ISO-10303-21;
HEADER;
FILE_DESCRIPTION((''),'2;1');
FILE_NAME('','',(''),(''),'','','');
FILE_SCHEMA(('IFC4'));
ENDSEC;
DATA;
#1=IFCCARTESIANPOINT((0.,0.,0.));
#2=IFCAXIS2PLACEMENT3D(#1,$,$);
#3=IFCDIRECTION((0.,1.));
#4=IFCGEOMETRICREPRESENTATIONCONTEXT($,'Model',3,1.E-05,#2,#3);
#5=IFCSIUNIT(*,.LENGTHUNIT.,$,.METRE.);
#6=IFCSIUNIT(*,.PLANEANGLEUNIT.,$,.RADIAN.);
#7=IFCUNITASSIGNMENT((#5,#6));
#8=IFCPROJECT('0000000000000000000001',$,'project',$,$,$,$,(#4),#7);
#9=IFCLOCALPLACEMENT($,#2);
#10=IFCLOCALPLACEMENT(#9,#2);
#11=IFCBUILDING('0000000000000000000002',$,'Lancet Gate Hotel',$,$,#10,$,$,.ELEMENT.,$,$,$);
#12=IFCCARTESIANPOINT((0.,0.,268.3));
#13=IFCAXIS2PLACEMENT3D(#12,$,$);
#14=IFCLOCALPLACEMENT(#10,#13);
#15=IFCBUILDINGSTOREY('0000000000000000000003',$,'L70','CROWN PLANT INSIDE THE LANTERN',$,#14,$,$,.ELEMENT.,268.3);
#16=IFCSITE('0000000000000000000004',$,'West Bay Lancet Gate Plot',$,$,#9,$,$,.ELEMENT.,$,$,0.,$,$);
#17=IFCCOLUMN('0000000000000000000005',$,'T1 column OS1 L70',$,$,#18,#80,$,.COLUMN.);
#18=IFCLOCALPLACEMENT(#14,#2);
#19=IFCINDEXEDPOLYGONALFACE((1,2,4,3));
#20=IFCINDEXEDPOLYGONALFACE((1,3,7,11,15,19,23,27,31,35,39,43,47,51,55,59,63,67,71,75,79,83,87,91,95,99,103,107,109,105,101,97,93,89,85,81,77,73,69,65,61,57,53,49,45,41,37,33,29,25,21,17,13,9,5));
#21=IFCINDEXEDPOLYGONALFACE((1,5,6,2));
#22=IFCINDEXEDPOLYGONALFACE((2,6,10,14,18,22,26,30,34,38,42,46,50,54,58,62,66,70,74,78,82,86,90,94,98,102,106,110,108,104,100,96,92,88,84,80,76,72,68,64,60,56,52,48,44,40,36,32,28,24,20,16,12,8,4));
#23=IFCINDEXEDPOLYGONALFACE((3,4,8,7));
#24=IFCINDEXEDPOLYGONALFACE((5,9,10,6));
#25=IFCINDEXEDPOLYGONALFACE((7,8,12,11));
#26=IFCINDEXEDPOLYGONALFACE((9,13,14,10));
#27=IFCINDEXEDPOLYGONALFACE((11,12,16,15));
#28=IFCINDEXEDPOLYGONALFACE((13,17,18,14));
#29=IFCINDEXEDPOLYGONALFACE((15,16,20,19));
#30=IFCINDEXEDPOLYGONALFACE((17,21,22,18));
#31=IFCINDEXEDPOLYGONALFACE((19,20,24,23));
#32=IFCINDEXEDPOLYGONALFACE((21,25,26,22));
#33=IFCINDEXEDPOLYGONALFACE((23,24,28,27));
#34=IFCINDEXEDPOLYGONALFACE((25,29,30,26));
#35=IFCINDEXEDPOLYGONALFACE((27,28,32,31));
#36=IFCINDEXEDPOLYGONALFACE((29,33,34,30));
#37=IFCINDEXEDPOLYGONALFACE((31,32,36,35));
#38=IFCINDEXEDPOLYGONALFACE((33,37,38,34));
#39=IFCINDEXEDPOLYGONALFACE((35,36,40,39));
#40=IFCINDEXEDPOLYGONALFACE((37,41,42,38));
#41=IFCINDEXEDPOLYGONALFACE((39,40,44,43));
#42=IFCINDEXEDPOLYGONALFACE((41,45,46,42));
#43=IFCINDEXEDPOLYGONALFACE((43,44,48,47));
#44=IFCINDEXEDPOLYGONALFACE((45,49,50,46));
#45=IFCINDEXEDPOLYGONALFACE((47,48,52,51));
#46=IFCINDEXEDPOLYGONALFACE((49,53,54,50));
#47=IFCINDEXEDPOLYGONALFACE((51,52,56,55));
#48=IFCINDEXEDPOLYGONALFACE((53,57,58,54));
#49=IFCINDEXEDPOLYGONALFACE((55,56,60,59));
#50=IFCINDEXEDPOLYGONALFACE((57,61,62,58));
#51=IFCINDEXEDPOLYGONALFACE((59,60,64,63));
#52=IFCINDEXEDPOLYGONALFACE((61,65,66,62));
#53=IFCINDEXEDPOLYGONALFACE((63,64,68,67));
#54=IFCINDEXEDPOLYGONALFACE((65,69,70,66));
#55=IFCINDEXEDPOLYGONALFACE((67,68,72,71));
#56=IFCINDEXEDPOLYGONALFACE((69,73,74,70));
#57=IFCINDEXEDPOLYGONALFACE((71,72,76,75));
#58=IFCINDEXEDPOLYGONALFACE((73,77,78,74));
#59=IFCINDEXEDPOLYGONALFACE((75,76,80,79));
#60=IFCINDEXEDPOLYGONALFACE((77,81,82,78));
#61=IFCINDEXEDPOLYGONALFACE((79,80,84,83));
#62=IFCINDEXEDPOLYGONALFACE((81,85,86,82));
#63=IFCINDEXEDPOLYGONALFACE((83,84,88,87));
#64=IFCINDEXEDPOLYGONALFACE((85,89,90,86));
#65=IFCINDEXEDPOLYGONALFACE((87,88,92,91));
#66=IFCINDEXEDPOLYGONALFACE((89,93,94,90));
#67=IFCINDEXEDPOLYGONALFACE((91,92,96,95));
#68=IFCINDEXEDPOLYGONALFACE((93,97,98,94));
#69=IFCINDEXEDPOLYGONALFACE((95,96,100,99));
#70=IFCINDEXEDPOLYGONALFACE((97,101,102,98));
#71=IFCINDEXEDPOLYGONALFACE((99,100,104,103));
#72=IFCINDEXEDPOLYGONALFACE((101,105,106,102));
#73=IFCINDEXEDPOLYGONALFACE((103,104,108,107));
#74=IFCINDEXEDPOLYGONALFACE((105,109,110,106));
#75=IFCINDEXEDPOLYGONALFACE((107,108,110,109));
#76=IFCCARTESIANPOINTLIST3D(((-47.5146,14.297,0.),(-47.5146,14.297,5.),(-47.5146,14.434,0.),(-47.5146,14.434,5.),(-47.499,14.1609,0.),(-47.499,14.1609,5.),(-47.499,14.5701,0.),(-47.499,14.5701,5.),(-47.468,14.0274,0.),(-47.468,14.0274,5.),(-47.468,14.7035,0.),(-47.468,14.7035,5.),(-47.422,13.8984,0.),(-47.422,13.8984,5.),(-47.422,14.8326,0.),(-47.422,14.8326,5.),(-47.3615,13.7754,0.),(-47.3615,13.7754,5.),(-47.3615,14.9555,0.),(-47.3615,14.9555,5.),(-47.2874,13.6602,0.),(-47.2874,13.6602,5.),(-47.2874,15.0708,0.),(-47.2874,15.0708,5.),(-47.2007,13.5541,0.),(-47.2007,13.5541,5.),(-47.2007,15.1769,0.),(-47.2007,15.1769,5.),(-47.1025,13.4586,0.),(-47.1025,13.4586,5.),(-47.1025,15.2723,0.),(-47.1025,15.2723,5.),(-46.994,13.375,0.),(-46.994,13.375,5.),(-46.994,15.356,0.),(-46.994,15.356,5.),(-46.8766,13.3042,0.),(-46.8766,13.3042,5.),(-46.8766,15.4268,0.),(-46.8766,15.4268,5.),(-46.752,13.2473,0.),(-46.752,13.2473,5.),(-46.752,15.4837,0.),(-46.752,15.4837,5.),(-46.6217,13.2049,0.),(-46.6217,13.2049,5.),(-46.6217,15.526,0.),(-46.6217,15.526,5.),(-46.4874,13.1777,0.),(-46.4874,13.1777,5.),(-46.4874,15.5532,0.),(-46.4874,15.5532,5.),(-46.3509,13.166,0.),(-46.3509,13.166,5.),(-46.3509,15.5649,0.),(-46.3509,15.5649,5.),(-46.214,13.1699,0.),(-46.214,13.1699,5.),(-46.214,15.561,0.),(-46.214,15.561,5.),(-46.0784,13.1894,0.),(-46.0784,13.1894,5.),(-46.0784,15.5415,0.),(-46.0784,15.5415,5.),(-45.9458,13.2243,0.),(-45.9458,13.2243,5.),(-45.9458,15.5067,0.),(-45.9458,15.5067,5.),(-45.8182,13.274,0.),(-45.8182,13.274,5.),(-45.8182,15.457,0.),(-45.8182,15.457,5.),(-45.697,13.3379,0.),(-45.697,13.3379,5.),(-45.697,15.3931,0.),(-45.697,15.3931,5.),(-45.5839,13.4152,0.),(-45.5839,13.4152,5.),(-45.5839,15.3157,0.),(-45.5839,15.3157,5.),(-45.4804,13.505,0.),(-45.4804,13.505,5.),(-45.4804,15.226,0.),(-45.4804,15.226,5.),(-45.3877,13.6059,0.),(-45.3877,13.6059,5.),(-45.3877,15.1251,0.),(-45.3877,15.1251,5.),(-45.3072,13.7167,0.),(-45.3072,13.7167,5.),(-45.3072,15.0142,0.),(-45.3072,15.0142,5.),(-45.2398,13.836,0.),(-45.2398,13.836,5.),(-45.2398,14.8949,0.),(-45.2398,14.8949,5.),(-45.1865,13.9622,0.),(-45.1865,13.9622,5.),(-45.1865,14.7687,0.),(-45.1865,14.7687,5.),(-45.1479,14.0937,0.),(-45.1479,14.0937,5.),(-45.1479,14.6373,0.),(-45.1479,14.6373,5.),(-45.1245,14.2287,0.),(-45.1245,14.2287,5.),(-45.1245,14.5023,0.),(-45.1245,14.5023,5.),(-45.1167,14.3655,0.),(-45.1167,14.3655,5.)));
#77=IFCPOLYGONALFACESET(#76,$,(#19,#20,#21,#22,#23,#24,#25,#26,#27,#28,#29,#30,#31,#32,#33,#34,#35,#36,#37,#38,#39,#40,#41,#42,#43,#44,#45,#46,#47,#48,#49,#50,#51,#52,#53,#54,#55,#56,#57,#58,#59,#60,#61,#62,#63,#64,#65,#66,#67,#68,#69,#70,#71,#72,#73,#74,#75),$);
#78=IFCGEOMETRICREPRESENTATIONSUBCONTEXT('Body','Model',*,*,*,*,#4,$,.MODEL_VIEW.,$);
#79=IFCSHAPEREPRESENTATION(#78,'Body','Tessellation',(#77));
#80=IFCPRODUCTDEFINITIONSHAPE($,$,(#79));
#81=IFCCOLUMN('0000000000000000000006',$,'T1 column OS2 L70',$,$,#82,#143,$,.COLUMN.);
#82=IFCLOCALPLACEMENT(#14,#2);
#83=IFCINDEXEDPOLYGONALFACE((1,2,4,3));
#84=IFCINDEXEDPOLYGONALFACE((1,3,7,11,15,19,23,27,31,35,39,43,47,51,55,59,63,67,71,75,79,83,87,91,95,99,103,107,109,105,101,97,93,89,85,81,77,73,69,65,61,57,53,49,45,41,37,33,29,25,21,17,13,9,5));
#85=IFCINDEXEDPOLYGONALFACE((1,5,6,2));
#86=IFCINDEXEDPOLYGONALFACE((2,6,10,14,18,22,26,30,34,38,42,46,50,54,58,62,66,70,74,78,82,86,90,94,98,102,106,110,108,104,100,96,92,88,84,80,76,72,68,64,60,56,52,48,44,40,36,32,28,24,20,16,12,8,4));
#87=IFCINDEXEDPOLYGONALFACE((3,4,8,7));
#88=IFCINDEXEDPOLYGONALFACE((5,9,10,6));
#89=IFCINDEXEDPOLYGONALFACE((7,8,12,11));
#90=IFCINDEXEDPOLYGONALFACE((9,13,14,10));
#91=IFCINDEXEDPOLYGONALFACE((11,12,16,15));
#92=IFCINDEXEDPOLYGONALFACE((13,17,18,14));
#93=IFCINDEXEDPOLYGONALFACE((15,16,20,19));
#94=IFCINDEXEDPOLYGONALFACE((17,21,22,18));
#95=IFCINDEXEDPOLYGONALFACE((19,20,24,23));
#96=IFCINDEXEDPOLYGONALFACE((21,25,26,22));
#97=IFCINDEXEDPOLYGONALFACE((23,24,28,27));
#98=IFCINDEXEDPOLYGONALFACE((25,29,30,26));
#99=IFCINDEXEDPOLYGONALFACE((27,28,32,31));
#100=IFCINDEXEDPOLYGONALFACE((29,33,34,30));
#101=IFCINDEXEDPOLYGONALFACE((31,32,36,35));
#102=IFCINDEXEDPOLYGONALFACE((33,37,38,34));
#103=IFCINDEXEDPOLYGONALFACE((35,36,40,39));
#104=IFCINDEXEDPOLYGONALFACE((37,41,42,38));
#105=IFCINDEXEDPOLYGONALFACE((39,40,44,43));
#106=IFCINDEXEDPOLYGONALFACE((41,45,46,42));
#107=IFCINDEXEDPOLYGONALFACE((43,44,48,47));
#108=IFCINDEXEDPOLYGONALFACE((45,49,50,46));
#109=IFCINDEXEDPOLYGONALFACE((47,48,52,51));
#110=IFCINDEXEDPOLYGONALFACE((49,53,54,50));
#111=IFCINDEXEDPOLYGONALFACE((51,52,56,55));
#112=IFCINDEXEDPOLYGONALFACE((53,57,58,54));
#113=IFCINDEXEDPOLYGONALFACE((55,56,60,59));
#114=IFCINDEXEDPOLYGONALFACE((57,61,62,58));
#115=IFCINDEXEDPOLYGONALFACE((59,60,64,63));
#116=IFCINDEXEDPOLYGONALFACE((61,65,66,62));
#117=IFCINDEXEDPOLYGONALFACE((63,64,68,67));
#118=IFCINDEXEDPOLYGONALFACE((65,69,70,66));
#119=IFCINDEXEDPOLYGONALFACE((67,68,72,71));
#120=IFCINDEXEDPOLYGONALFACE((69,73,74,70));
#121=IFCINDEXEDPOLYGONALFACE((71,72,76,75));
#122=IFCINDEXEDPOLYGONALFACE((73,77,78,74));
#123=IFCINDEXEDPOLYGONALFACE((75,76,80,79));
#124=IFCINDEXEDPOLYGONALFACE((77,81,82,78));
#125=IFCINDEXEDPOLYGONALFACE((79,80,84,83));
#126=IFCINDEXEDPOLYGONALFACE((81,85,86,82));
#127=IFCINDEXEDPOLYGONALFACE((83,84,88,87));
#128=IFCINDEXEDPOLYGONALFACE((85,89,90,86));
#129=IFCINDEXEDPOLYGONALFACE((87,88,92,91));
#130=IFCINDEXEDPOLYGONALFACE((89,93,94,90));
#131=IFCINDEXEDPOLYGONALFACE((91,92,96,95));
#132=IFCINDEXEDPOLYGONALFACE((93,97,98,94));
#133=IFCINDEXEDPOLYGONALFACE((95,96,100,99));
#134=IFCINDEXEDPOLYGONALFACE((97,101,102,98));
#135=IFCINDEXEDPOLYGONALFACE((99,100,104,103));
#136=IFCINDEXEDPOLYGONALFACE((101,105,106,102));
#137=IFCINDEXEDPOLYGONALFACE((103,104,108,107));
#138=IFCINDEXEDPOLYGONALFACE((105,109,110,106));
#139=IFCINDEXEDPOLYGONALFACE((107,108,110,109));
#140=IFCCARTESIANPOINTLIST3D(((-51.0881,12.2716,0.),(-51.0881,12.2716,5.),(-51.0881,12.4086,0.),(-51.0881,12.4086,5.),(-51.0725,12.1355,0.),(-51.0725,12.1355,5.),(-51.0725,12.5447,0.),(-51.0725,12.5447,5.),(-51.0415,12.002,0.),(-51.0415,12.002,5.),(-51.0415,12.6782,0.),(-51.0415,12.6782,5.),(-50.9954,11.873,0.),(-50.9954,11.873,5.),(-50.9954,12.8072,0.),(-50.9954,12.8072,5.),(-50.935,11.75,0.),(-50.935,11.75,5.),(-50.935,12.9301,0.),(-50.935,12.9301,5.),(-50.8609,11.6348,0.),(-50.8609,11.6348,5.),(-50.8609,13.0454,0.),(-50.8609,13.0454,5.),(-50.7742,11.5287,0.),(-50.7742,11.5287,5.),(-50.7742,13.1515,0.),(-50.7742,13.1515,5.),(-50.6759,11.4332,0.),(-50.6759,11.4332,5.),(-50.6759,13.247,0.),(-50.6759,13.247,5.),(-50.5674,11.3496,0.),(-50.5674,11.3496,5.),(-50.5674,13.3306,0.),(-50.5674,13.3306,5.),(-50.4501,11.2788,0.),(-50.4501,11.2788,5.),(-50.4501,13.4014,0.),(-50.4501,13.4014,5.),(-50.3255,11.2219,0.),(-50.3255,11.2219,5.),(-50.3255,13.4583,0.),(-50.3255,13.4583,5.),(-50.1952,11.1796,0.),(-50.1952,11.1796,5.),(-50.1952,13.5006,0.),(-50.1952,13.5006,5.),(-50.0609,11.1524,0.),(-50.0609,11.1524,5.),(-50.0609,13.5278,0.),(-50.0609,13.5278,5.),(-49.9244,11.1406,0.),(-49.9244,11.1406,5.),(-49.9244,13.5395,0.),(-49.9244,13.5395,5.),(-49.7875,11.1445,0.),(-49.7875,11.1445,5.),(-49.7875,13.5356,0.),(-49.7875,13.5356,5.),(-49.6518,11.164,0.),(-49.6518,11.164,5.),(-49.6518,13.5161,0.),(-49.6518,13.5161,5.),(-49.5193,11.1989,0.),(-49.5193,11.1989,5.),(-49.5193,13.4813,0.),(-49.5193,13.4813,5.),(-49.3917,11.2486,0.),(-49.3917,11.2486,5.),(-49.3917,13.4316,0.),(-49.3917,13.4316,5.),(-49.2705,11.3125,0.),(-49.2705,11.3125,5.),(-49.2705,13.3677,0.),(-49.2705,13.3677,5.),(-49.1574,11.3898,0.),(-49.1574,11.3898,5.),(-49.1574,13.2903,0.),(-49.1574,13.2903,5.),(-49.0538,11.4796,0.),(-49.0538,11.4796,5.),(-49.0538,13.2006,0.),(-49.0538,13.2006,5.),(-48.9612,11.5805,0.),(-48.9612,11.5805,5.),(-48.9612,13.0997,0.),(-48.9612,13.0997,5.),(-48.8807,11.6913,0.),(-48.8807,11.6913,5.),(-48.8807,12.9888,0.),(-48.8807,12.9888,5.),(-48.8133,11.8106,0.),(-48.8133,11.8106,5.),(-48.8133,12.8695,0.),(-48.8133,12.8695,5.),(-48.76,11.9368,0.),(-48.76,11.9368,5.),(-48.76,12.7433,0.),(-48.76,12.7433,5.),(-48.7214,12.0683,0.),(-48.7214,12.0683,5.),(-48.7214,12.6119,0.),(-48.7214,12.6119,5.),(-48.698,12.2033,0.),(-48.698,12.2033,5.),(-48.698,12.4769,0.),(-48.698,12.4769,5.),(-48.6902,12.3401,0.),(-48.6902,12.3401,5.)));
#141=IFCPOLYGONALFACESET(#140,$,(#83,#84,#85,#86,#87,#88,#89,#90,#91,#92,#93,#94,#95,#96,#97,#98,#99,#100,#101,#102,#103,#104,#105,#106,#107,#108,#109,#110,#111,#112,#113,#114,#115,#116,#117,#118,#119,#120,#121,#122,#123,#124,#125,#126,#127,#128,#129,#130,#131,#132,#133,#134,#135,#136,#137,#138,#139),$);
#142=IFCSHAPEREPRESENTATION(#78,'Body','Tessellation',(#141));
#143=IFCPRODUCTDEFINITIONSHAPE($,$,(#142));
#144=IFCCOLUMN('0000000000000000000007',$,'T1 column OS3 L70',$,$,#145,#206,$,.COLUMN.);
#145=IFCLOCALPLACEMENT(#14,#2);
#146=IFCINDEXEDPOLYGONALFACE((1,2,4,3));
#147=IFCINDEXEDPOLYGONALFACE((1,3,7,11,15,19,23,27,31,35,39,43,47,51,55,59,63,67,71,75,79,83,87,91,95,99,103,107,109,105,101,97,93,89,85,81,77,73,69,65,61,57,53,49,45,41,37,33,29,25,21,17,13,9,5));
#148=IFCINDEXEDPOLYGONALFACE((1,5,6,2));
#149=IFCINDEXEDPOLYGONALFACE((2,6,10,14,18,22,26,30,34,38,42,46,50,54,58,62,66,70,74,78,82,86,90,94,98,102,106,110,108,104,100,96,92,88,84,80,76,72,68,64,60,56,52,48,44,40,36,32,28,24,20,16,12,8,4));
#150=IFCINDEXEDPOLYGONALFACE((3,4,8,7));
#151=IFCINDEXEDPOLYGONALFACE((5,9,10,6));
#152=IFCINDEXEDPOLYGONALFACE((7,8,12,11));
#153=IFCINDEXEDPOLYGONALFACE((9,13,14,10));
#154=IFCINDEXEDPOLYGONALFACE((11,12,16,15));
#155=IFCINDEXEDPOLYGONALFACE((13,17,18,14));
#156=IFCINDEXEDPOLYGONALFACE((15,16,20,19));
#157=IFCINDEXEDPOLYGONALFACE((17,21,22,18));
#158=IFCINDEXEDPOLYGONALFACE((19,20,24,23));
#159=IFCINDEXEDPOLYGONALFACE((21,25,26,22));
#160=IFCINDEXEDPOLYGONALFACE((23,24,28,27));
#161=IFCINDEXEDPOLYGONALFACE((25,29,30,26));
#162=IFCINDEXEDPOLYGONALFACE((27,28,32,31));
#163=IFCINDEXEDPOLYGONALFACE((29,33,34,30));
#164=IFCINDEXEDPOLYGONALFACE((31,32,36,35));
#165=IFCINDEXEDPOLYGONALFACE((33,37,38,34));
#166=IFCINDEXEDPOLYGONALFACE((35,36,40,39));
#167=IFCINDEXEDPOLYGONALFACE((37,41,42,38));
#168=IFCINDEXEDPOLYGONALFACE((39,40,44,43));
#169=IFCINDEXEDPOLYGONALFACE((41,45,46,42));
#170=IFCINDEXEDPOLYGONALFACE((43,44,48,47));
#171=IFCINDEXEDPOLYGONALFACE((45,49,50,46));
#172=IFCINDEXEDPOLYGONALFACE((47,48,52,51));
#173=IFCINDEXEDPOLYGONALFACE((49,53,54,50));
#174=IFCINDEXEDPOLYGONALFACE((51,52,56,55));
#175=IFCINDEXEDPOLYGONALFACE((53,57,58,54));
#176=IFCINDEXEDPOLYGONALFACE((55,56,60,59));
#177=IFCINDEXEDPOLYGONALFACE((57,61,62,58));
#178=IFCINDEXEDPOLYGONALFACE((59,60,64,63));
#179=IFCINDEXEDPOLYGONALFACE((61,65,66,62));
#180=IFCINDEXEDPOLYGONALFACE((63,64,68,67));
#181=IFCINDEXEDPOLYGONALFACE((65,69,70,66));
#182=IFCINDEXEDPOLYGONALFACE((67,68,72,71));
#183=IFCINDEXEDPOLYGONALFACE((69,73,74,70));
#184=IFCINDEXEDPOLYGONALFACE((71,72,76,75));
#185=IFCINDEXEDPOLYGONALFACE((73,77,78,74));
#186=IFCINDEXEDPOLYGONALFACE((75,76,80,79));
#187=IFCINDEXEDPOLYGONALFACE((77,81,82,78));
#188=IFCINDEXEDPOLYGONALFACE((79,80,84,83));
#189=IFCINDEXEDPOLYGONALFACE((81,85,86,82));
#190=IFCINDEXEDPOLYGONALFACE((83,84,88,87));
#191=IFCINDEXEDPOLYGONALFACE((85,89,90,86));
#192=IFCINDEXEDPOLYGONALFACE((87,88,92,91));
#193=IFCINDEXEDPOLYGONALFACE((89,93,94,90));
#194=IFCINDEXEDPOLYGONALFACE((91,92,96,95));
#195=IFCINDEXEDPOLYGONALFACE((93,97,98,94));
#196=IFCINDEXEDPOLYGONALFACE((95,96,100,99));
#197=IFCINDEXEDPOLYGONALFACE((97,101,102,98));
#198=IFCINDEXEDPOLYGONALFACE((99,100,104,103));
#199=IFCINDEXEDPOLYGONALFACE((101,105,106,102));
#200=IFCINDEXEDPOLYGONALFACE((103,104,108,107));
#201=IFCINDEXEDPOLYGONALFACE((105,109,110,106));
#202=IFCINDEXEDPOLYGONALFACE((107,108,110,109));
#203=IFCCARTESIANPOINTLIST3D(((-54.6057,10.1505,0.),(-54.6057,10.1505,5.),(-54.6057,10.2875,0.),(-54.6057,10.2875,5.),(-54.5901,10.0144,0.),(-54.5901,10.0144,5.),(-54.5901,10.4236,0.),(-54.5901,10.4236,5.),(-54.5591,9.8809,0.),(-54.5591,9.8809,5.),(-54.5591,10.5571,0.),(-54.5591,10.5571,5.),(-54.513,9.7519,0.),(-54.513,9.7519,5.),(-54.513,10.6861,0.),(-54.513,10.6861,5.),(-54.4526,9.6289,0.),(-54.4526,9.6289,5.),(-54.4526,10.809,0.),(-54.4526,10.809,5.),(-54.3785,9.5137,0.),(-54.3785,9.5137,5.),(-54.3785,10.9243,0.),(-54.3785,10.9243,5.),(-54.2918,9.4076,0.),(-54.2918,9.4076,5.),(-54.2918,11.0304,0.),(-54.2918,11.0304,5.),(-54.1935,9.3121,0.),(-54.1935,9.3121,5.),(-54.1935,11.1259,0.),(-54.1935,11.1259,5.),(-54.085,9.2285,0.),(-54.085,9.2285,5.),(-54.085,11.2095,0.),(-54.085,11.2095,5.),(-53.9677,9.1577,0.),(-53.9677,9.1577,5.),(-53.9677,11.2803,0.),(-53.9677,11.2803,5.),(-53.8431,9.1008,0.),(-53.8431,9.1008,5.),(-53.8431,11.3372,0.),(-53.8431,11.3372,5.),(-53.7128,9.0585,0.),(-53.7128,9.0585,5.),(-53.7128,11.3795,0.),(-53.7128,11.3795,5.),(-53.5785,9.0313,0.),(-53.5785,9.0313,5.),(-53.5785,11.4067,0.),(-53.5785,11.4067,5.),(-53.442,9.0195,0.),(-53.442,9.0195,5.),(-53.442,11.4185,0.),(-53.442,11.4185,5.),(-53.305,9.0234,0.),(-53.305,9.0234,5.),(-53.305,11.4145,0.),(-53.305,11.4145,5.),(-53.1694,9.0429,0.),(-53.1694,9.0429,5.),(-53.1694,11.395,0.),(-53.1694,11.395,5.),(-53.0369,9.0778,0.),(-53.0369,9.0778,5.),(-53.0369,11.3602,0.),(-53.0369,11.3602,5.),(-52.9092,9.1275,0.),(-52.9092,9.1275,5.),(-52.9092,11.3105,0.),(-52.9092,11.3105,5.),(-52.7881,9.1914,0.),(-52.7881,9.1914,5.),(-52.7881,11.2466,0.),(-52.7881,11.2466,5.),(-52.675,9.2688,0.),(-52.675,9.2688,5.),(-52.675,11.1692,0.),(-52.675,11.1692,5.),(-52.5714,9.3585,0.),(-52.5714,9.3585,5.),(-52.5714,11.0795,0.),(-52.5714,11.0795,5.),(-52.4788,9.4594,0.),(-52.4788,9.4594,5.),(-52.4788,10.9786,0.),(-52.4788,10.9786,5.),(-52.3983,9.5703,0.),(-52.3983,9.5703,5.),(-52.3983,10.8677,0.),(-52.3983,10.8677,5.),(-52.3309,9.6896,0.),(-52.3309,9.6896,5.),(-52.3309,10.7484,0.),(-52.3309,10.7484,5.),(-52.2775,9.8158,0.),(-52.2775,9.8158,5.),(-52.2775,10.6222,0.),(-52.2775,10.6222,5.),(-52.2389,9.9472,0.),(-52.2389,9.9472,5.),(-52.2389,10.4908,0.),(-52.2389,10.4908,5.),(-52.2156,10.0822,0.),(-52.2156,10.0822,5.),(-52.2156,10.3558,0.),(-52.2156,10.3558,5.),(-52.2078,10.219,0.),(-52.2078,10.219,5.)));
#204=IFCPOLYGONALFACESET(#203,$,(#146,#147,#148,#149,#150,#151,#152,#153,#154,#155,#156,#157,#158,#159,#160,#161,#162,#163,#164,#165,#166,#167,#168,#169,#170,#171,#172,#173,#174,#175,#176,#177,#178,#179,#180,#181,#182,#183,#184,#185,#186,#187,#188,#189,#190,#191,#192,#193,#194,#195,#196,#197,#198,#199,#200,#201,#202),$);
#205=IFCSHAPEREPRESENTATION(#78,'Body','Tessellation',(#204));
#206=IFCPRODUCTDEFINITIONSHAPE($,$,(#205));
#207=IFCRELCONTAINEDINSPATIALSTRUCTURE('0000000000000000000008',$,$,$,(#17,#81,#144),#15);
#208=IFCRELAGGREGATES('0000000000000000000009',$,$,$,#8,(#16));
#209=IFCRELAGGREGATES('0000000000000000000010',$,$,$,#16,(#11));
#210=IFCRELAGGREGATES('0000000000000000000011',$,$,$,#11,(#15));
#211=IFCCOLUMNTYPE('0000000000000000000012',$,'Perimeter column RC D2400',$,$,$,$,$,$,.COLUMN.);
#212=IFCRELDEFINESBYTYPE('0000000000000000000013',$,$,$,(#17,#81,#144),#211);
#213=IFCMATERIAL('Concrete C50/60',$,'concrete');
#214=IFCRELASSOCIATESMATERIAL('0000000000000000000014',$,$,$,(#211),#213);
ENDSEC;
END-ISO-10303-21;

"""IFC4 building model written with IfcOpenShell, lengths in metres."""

from ifc_helpers import new_model, si_unit, direction, frame, origin, origin_2d, place, context, subcontext, project, spatial, circle, extrude, material, material_profile, profile_set, type_object, element, save


model = new_model("IFC4")

# Units and contexts
model_context = context("Model", 3, precision=1e-05, world=origin(), true_north=direction((0.0, 1.0)))
body_context = subcontext(model_context, "Body", "Model", "MODEL_VIEW")
ifc_project = project(units=[si_unit("LENGTHUNIT", "METRE"), si_unit("PLANEANGLEUNIT", "RADIAN")], contexts=[model_context])

# Site, building, storey
site_placement = place(None, origin())
site = spatial("IfcSite", under=ifc_project, at=site_placement, Name="West Bay Lancet Gate Plot", CompositionType="ELEMENT", RefElevation=0.0)
building_placement = place(site_placement, origin())
building = spatial("IfcBuilding", under=site, at=building_placement, Name="Lancet Gate Hotel", CompositionType="ELEMENT")
storey_placement = place(building_placement, frame((0.0, 0.0, 268.3)))
storey = spatial("IfcBuildingStorey", under=building, at=storey_placement, Name="L70", Description="CROWN PLANT INSIDE THE LANTERN", CompositionType="ELEMENT", Elevation=268.3)

# Columns
ifc_material_1 = material(Name="Concrete C50/60", Category="concrete")
ifc_material_profile_1 = material_profile(ifc_material_1, circle(Radius=1.2, at=origin_2d()), Name="RC D2400")
ifc_profile_set_1 = profile_set([ifc_material_profile_1], Name="Concrete C50/60")
column_type = type_object("IfcColumnType", Name="Perimeter column RC D2400", PredefinedType="COLUMN", material=ifc_profile_set_1)
for number, where, z_axis, x_axis, name in (
    (1, (-46.3167, 14.3655, 0.0), (0.0, 0.0, 1.0), (1.0, 0.0, 0.0), "T1 column OS1 L70"),
    (2, (-49.8901, 12.3401, 0.0), (0.0, 0.0, 1.0), (1.0, 0.0, 0.0), "T1 column OS2 L70"),
    (3, (-53.4077, 10.219, 0.0), (0.0, 0.0, 1.0), (1.0, 0.0, 0.0), "T1 column OS3 L70"),
):
    element("IfcColumn", number, at=place(storey_placement, frame(where, z_axis=z_axis, x_axis=x_axis)), inside=storey, type_object=column_type, Name=name, PredefinedType="COLUMN", context=body_context, shape_type="SweptSolid", body=[
        extrude(circle(Radius=1.2, at=origin_2d()), origin(), (0.0, 0.0, 1.0), 5.0),
    ])

save(model, "model.ifc")
